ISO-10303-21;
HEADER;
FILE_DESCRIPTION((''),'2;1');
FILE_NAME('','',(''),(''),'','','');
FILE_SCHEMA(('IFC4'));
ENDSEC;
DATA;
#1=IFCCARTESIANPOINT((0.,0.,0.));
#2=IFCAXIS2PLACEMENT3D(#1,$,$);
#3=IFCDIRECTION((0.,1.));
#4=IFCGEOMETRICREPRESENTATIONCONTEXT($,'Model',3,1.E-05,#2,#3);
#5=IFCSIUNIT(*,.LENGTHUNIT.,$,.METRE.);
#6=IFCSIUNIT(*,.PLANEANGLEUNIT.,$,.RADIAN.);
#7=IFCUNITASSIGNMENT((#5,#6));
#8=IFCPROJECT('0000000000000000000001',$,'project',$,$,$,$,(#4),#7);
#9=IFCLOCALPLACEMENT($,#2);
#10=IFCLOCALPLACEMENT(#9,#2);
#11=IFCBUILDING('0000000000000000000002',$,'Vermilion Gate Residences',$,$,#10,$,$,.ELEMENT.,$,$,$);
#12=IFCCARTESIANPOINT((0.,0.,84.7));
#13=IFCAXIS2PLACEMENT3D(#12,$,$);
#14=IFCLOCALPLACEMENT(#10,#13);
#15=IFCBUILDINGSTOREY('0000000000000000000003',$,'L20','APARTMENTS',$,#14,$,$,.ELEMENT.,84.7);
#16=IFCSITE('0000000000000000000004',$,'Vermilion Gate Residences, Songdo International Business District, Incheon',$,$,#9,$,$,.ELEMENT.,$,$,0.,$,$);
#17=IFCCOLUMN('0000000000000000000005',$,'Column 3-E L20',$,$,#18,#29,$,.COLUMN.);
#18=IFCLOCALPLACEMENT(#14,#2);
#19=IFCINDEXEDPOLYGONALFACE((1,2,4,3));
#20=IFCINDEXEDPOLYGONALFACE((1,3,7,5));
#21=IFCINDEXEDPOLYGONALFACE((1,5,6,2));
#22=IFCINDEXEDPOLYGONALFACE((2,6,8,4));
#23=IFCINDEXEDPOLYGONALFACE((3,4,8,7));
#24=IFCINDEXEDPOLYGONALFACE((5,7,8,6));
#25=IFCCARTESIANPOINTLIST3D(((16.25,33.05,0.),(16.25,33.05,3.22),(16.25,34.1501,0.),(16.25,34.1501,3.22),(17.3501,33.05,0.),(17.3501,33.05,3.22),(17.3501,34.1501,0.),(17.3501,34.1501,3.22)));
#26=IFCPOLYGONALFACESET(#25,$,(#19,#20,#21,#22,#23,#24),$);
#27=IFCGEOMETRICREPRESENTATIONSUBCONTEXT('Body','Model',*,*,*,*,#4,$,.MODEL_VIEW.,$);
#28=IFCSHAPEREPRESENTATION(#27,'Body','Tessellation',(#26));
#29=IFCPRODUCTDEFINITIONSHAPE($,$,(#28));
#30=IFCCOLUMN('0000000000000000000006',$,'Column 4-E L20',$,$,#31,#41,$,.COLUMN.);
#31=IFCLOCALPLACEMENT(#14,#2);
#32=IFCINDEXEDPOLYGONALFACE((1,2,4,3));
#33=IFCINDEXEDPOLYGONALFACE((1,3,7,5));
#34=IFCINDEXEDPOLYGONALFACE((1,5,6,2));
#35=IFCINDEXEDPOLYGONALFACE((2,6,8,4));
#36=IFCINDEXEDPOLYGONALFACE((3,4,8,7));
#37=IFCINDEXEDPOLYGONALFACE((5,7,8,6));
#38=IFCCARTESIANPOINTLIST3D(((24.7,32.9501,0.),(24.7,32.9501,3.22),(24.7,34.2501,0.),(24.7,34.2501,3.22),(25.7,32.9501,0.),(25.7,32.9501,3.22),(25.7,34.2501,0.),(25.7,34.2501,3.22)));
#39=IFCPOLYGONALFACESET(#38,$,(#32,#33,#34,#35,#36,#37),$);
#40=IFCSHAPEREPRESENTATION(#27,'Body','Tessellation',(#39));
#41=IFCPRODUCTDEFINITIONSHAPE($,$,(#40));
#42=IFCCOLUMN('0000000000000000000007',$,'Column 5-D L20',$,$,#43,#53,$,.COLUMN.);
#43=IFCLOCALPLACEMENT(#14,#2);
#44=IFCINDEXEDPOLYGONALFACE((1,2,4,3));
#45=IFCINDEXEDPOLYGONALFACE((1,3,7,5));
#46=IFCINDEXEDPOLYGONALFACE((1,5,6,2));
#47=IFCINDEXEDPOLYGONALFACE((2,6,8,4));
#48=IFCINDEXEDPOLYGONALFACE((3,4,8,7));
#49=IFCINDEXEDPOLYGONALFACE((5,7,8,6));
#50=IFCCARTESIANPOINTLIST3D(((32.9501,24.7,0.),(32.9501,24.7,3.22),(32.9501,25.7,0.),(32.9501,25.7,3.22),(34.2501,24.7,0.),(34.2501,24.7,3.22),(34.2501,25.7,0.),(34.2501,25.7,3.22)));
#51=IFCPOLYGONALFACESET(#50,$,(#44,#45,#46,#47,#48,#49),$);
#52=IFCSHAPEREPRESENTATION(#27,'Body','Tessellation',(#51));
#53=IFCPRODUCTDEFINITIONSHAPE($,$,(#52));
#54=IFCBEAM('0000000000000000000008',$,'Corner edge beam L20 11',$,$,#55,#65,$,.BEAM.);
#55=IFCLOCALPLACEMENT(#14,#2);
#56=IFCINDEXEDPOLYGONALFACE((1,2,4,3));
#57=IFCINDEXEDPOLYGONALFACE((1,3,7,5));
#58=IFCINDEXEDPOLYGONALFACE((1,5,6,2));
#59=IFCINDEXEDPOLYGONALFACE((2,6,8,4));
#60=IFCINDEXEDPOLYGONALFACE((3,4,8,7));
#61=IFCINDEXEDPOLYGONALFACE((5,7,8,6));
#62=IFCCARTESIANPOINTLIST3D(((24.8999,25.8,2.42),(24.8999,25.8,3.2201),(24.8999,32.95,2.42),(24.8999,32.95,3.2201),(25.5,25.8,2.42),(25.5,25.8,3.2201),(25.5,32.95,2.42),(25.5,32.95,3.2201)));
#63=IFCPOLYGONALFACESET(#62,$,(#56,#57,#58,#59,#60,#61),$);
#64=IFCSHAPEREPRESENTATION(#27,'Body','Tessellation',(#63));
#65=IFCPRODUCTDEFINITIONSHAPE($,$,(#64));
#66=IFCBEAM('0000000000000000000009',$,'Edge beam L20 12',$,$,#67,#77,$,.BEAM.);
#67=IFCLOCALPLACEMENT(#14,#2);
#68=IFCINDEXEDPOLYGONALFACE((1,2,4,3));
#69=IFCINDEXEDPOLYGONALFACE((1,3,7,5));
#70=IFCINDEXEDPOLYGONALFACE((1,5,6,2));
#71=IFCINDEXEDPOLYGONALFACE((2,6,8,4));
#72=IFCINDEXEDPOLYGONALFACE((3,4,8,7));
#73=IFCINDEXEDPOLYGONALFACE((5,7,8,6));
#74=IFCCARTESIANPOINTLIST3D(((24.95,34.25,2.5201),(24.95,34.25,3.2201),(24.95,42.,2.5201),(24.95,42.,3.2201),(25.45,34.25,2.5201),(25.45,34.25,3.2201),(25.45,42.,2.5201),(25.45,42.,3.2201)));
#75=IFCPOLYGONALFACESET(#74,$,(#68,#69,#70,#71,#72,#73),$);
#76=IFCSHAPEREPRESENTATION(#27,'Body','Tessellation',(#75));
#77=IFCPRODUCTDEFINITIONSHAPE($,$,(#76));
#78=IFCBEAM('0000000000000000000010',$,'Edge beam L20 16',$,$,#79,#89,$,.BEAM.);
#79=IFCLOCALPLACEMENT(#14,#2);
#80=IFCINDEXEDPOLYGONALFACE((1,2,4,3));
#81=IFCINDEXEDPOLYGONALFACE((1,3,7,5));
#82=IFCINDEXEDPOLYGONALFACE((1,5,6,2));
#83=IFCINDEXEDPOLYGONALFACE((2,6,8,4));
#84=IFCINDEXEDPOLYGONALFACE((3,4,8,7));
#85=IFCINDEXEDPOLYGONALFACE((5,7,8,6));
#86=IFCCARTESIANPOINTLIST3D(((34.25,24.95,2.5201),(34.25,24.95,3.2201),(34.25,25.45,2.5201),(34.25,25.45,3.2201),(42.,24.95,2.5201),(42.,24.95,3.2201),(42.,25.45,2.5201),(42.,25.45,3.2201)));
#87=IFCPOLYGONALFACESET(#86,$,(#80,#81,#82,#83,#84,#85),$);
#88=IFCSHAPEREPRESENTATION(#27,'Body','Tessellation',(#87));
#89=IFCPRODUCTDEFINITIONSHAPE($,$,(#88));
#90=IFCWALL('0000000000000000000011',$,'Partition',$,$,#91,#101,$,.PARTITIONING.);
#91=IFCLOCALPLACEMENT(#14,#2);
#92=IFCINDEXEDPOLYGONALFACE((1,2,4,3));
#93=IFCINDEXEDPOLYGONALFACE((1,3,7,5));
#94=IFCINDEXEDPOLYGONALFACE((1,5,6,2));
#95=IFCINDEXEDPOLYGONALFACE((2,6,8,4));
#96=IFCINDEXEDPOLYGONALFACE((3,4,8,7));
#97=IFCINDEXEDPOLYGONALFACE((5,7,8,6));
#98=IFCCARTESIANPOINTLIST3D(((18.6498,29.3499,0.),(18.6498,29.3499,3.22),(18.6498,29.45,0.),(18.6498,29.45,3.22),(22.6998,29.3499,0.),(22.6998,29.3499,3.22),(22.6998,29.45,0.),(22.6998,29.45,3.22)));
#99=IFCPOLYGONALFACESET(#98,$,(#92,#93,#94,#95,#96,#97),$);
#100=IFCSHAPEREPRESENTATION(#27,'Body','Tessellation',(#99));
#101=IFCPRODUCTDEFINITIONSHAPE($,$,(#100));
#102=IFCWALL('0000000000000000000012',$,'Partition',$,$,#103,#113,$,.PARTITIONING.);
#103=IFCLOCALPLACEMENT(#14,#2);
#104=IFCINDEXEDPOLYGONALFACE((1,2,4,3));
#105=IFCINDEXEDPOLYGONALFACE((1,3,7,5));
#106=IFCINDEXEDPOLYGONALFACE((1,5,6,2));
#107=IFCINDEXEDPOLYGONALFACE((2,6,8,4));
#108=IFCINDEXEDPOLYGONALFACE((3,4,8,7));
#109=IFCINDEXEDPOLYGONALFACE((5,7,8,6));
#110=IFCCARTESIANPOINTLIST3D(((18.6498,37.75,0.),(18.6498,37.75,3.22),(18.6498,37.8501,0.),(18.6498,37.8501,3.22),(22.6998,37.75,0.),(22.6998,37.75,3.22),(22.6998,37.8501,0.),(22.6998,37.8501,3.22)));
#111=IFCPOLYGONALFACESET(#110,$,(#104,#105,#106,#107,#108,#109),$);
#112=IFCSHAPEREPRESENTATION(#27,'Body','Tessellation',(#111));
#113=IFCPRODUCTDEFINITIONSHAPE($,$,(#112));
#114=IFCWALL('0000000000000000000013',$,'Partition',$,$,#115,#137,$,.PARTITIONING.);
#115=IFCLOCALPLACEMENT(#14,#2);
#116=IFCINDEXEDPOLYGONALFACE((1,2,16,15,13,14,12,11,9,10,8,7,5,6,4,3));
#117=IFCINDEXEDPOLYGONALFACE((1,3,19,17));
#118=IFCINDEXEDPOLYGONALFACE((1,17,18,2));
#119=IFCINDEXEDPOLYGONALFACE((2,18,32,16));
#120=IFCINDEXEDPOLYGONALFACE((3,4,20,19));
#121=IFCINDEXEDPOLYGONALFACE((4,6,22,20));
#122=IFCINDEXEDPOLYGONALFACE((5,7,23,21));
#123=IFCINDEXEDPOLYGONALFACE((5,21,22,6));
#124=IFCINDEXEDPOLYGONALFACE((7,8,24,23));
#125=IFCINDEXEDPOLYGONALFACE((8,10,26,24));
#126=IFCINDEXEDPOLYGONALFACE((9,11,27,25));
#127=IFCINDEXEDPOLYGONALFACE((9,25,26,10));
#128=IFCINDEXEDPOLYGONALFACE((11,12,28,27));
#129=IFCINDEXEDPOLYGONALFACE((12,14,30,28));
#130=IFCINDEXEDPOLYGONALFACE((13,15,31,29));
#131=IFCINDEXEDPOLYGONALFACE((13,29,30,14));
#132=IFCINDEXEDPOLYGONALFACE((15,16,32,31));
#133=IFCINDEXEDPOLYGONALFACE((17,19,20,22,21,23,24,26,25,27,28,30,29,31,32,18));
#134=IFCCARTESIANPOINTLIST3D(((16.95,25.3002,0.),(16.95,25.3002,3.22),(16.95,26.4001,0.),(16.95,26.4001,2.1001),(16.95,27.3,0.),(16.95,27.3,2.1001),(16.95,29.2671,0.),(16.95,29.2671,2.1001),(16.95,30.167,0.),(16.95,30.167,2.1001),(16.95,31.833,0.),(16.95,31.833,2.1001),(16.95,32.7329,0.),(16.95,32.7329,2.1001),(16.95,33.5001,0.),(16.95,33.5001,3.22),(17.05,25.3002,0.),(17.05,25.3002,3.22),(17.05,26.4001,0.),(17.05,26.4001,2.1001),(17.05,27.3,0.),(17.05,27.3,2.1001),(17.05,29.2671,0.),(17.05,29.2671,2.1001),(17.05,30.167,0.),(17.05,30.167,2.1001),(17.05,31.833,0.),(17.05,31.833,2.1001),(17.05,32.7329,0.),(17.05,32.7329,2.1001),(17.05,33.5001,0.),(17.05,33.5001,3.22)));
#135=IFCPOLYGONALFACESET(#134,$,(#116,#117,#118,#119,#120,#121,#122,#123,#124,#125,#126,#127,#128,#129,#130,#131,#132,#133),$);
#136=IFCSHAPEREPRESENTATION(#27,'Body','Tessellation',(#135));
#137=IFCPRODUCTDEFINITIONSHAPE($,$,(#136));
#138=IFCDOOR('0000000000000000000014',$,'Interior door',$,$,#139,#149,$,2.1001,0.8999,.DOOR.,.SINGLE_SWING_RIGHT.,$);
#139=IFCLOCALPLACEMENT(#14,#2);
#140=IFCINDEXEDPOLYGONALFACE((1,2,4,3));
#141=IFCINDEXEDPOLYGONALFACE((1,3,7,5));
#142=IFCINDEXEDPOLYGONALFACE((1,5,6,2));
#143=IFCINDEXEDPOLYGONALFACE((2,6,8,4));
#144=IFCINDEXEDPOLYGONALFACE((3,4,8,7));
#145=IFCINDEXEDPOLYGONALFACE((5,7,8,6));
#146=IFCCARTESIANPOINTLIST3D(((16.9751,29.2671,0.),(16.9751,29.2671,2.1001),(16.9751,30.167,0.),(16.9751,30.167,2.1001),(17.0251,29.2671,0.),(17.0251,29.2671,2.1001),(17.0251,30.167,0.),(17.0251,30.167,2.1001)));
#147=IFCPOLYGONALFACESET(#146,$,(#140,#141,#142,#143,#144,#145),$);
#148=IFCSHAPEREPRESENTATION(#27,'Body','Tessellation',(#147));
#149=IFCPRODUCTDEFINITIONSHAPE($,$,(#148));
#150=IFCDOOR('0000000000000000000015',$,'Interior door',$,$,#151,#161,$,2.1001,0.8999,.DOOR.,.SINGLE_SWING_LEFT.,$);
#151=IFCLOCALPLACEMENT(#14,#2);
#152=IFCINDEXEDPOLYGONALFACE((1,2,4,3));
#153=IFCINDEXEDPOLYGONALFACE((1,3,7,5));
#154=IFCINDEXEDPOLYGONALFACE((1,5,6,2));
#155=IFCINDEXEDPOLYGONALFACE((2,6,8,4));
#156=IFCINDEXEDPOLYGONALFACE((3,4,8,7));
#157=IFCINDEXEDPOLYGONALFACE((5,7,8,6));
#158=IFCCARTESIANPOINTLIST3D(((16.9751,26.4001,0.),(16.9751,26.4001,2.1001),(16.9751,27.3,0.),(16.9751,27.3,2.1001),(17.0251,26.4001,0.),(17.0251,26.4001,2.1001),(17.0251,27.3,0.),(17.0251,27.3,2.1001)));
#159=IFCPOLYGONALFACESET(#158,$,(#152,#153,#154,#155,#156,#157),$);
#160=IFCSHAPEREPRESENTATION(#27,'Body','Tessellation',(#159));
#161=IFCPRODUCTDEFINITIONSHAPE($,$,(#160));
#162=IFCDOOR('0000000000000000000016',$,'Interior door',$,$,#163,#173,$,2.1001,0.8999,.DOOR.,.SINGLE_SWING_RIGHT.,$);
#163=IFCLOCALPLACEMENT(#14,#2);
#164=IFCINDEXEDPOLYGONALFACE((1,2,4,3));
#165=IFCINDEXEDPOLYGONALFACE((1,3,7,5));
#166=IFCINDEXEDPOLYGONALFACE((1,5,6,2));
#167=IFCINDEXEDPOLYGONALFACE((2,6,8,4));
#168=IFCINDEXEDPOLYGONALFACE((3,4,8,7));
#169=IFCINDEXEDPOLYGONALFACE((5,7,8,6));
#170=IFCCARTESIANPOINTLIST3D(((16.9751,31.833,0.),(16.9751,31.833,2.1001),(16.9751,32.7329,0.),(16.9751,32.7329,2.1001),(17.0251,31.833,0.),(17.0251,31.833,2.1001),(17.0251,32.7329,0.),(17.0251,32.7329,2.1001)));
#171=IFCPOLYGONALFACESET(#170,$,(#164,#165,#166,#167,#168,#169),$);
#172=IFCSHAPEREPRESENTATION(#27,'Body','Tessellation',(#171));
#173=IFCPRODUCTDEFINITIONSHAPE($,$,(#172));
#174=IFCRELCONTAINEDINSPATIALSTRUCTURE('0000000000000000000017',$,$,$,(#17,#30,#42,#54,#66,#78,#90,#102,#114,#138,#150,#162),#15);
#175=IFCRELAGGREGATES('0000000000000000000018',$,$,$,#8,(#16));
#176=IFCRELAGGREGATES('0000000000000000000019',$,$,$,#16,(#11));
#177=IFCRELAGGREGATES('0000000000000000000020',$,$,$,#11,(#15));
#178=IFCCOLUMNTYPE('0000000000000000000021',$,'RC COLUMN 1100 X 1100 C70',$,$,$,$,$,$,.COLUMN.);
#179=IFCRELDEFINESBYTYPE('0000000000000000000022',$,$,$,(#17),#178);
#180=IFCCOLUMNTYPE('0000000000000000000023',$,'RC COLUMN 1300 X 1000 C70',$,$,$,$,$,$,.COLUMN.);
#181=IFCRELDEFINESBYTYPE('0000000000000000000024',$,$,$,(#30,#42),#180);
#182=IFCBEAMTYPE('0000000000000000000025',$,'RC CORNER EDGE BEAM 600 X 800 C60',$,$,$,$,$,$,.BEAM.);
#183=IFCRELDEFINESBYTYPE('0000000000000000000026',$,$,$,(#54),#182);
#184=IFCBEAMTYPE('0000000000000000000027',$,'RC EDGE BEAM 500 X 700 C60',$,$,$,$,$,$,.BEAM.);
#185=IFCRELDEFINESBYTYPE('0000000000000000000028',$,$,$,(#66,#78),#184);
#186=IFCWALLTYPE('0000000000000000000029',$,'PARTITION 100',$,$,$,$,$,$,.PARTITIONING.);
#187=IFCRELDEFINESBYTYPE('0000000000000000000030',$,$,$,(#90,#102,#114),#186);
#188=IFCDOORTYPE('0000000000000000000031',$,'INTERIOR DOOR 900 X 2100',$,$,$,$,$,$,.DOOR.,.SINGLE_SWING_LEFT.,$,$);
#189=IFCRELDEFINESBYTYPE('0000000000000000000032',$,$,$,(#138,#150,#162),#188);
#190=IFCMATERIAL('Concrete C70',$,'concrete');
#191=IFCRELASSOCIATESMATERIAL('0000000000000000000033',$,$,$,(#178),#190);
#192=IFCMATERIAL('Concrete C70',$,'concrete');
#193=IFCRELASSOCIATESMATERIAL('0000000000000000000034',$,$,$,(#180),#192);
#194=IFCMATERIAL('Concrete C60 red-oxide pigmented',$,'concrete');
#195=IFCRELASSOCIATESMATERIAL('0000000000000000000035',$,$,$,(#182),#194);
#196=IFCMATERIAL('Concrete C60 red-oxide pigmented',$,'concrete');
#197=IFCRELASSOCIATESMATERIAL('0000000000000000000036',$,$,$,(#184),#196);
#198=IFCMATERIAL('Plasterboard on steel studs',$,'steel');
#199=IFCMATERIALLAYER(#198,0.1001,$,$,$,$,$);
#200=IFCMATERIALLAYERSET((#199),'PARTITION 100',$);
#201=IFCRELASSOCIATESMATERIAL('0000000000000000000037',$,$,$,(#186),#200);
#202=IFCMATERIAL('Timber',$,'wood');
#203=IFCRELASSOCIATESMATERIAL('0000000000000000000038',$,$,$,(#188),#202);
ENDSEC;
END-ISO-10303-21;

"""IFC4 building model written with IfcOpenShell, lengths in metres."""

from ifc_helpers import new_model, si_unit, direction, frame, frame_2d, origin, origin_2d, place, context, subcontext, project, spatial, rectangle, extrude, material, layer, layer_set, material_profile, profile_set, type_object, element, fill, save


model = new_model("IFC4")

# Units and contexts
model_context = context("Model", 3, precision=1e-05, world=origin(), true_north=direction((0.0, 1.0)))
body_context = subcontext(model_context, "Body", "Model", "MODEL_VIEW")
ifc_project = project(units=[si_unit("LENGTHUNIT", "METRE"), si_unit("PLANEANGLEUNIT", "RADIAN")], contexts=[model_context])

# Site, building, storey
site_placement = place(None, origin())
site = spatial("IfcSite", under=ifc_project, at=site_placement, Name="Vermilion Gate Residences, Songdo International Business District, Incheon", CompositionType="ELEMENT", RefElevation=0.0)
building_placement = place(site_placement, origin())
building = spatial("IfcBuilding", under=site, at=building_placement, Name="Vermilion Gate Residences", CompositionType="ELEMENT")
storey_placement = place(building_placement, frame((0.0, 0.0, 84.7)))
storey = spatial("IfcBuildingStorey", under=building, at=storey_placement, Name="L20", Description="APARTMENTS", CompositionType="ELEMENT", Elevation=84.7)

# Columns
ifc_material_1 = material(Name="Concrete C70", Category="concrete")
ifc_material_profile_1 = material_profile(ifc_material_1, rectangle(XDim=1.1001, YDim=1.1001, at=origin_2d()), Name="RC-1100x1100")
ifc_profile_set_1 = profile_set([ifc_material_profile_1], Name="Concrete C70")
column_type_1 = type_object("IfcColumnType", Name="RC COLUMN 1100 X 1100 C70", PredefinedType="COLUMN", material=ifc_profile_set_1)
column_placement = place(storey_placement, frame((16.8, 33.6001, 0.0), z_axis=(0.0, 0.0, 1.0), x_axis=(1.0, 0.0, 0.0)))
element("IfcColumn", 1, at=column_placement, inside=storey, type_object=column_type_1, Name="Column 3-E L20", PredefinedType="COLUMN", context=body_context, shape_type="SweptSolid", body=[
    extrude(rectangle(XDim=1.1001, YDim=1.1001, at=origin_2d()), origin(), (0.0, 0.0, 1.0), 3.22),
])
ifc_material_2 = material(Name="Concrete C70", Category="concrete")
ifc_material_profile_2 = material_profile(ifc_material_2, rectangle(XDim=1.3, YDim=1.0, at=origin_2d()), Name="RC-1300x1000")
ifc_profile_set_2 = profile_set([ifc_material_profile_2], Name="Concrete C70")
column_type_2 = type_object("IfcColumnType", Name="RC COLUMN 1300 X 1000 C70", PredefinedType="COLUMN", material=ifc_profile_set_2)
for number, where, z_axis, x_axis, name in (
    (2, (25.2, 33.6001, 0.0), (0.0, 0.0, 1.0), (0.0, 1.0, 0.0), "Column 4-E L20"),
    (3, (33.6001, 25.2, 0.0), (0.0, 0.0, 1.0), (1.0, 0.0, 0.0), "Column 5-D L20"),
):
    element("IfcColumn", number, at=place(storey_placement, frame(where, z_axis=z_axis, x_axis=x_axis)), inside=storey, type_object=column_type_2, Name=name, PredefinedType="COLUMN", context=body_context, shape_type="SweptSolid", body=[
        extrude(rectangle(XDim=1.3, YDim=1.0, at=origin_2d()), origin(), (0.0, 0.0, 1.0), 3.22),
    ])

# Beams
ifc_material_3 = material(Name="Concrete C60 red-oxide pigmented", Category="concrete")
ifc_material_profile_3 = material_profile(ifc_material_3, rectangle(XDim=0.6001, YDim=0.8, at=origin_2d()), Name="RC-600x800")
ifc_profile_set_3 = profile_set([ifc_material_profile_3], Name="Concrete C60 red-oxide pigmented")
beam_type_1 = type_object("IfcBeamType", Name="RC CORNER EDGE BEAM 600 X 800 C60", PredefinedType="BEAM", material=ifc_profile_set_3)
beam_placement = place(storey_placement, frame((25.2, 25.8, 2.8201), z_axis=(0.0, 1.0, 0.0), x_axis=(-1.0, 0.0, 0.0)))
element("IfcBeam", 4, at=beam_placement, inside=storey, type_object=beam_type_1, Name="Corner edge beam L20 11", PredefinedType="BEAM", context=body_context, shape_type="SweptSolid", body=[
    extrude(rectangle(XDim=0.6001, YDim=0.8, at=origin_2d()), origin(), (0.0, 0.0, 1.0), 7.1499),
])
ifc_material_4 = material(Name="Concrete C60 red-oxide pigmented", Category="concrete")
ifc_material_profile_4 = material_profile(ifc_material_4, rectangle(XDim=0.5, YDim=0.7, at=origin_2d()), Name="RC-500x700")
ifc_profile_set_4 = profile_set([ifc_material_profile_4], Name="Concrete C60 red-oxide pigmented")
beam_type_2 = type_object("IfcBeamType", Name="RC EDGE BEAM 500 X 700 C60", PredefinedType="BEAM", material=ifc_profile_set_4)
for number, where, z_axis, x_axis, name in (
    (5, (25.2, 34.25, 2.8701), (0.0, 1.0, 0.0), (-1.0, 0.0, 0.0), "Edge beam L20 12"),
    (6, (34.25, 25.2, 2.8701), (1.0, 0.0, 0.0), (0.0, 1.0, 0.0), "Edge beam L20 16"),
):
    element("IfcBeam", number, at=place(storey_placement, frame(where, z_axis=z_axis, x_axis=x_axis)), inside=storey, type_object=beam_type_2, Name=name, PredefinedType="BEAM", context=body_context, shape_type="SweptSolid", body=[
        extrude(rectangle(XDim=0.5, YDim=0.7, at=origin_2d()), origin(), (0.0, 0.0, 1.0), 7.75),
    ])

# Walls
ifc_material_5 = material(Name="Plasterboard on steel studs", Category="steel")
ifc_layer_1 = layer(ifc_material_5, 0.1001)
ifc_layer_set_1 = layer_set([ifc_layer_1], Name="PARTITION 100")
wall_type = type_object("IfcWallType", Name="PARTITION 100", PredefinedType="PARTITIONING", material=ifc_layer_set_1)
for number, where, z_axis, x_axis, name in (
    (7, (18.6499, 29.3999, 0.0), (0.0, 0.0, 1.0), (1.0, 0.0, 0.0), "Partition"),
    (8, (18.6499, 37.8, 0.0), (0.0, 0.0, 1.0), (1.0, 0.0, 0.0), "Partition"),
):
    element("IfcWall", number, at=place(storey_placement, frame(where, z_axis=z_axis, x_axis=x_axis)), inside=storey, type_object=wall_type, Name=name, PredefinedType="PARTITIONING", context=body_context, shape_type="SweptSolid", body=[
        extrude(rectangle(XDim=4.05, YDim=0.1001, at=frame_2d((2.0249, 0.0))), origin(), (0.0, 0.0, 1.0), 3.22),
    ])

# Wall, openings, doors
wall_1_placement = place(storey_placement, frame((17.0, 25.3, 0.0), z_axis=(0.0, 0.0, 1.0), x_axis=(0.0, 1.0, 0.0)))
wall_1 = element("IfcWall", 9, at=wall_1_placement, inside=storey, type_object=wall_type, Name="Partition", PredefinedType="PARTITIONING", context=body_context, shape_type="SweptSolid", body=[
    extrude(rectangle(XDim=8.2, YDim=0.1001, at=frame_2d((4.1001, 0.0))), origin(), (0.0, 0.0, 1.0), 3.22),
])
opening_1_placement = place(wall_1_placement, frame((3.967, 0.0, 0.0)))
opening_1 = element("IfcOpeningElement", 10, at=opening_1_placement, cuts=wall_1, PredefinedType="OPENING", context=body_context, shape_type="SweptSolid", body=[
    extrude(rectangle(XDim=0.8999, YDim=2.1001, at=frame_2d((0.45, 1.05))), frame((0.0, 0.0601, 0.0), z_axis=(0.0, -1.0, 0.0), x_axis=(1.0, 0.0, 0.0)), (0.0, 0.0, 1.0), 0.1201),
])
opening_2_placement = place(wall_1_placement, frame((1.1001, 0.0, 0.0)))
opening_2 = element("IfcOpeningElement", 11, at=opening_2_placement, cuts=wall_1, PredefinedType="OPENING", context=body_context, shape_type="SweptSolid", body=[
    extrude(rectangle(XDim=0.8999, YDim=2.1001, at=frame_2d((0.45, 1.05))), frame((0.0, 0.0601, 0.0), z_axis=(0.0, -1.0, 0.0), x_axis=(1.0, 0.0, 0.0)), (0.0, 0.0, 1.0), 0.1201),
])
opening_3_placement = place(wall_1_placement, frame((6.533, 0.0, 0.0)))
opening_3 = element("IfcOpeningElement", 12, at=opening_3_placement, cuts=wall_1, PredefinedType="OPENING", context=body_context, shape_type="SweptSolid", body=[
    extrude(rectangle(XDim=0.8999, YDim=2.1001, at=frame_2d((0.45, 1.05))), frame((0.0, 0.0601, 0.0), z_axis=(0.0, -1.0, 0.0), x_axis=(1.0, 0.0, 0.0)), (0.0, 0.0, 1.0), 0.1201),
])
ifc_material_6 = material(Name="Timber", Category="wood")
door_type = type_object("IfcDoorType", Name="INTERIOR DOOR 900 X 2100", OperationType="SINGLE_SWING_LEFT", PredefinedType="DOOR", material=ifc_material_6)
door_1_placement = place(opening_1_placement, origin())
door_1 = element("IfcDoor", 13, at=door_1_placement, inside=storey, type_object=door_type, Name="Interior door", OperationType="SINGLE_SWING_RIGHT", OverallHeight=2.1001, OverallWidth=0.8999, PredefinedType="DOOR", context=body_context, shape_type="SweptSolid", body=[
    extrude(rectangle(XDim=0.8999, YDim=2.1001, at=frame_2d((0.45, 1.05))), frame((0.0, 0.0249, 0.0), z_axis=(0.0, -1.0, 0.0), x_axis=(1.0, 0.0, 0.0)), (0.0, 0.0, 1.0), 0.05),
])
fill(opening_1, door_1)
door_2_placement = place(opening_2_placement, origin())
door_2 = element("IfcDoor", 14, at=door_2_placement, inside=storey, type_object=door_type, Name="Interior door", OperationType="SINGLE_SWING_LEFT", OverallHeight=2.1001, OverallWidth=0.8999, PredefinedType="DOOR", context=body_context, shape_type="SweptSolid", body=[
    extrude(rectangle(XDim=0.8999, YDim=2.1001, at=frame_2d((0.45, 1.05))), frame((0.0, 0.0249, 0.0), z_axis=(0.0, -1.0, 0.0), x_axis=(1.0, 0.0, 0.0)), (0.0, 0.0, 1.0), 0.05),
])
fill(opening_2, door_2)
door_3_placement = place(opening_3_placement, origin())
door_3 = element("IfcDoor", 15, at=door_3_placement, inside=storey, type_object=door_type, Name="Interior door", OperationType="SINGLE_SWING_RIGHT", OverallHeight=2.1001, OverallWidth=0.8999, PredefinedType="DOOR", context=body_context, shape_type="SweptSolid", body=[
    extrude(rectangle(XDim=0.8999, YDim=2.1001, at=frame_2d((0.45, 1.05))), frame((0.0, 0.0249, 0.0), z_axis=(0.0, -1.0, 0.0), x_axis=(1.0, 0.0, 0.0)), (0.0, 0.0, 1.0), 0.05),
])
fill(opening_3, door_3)

save(model, "model.ifc")
